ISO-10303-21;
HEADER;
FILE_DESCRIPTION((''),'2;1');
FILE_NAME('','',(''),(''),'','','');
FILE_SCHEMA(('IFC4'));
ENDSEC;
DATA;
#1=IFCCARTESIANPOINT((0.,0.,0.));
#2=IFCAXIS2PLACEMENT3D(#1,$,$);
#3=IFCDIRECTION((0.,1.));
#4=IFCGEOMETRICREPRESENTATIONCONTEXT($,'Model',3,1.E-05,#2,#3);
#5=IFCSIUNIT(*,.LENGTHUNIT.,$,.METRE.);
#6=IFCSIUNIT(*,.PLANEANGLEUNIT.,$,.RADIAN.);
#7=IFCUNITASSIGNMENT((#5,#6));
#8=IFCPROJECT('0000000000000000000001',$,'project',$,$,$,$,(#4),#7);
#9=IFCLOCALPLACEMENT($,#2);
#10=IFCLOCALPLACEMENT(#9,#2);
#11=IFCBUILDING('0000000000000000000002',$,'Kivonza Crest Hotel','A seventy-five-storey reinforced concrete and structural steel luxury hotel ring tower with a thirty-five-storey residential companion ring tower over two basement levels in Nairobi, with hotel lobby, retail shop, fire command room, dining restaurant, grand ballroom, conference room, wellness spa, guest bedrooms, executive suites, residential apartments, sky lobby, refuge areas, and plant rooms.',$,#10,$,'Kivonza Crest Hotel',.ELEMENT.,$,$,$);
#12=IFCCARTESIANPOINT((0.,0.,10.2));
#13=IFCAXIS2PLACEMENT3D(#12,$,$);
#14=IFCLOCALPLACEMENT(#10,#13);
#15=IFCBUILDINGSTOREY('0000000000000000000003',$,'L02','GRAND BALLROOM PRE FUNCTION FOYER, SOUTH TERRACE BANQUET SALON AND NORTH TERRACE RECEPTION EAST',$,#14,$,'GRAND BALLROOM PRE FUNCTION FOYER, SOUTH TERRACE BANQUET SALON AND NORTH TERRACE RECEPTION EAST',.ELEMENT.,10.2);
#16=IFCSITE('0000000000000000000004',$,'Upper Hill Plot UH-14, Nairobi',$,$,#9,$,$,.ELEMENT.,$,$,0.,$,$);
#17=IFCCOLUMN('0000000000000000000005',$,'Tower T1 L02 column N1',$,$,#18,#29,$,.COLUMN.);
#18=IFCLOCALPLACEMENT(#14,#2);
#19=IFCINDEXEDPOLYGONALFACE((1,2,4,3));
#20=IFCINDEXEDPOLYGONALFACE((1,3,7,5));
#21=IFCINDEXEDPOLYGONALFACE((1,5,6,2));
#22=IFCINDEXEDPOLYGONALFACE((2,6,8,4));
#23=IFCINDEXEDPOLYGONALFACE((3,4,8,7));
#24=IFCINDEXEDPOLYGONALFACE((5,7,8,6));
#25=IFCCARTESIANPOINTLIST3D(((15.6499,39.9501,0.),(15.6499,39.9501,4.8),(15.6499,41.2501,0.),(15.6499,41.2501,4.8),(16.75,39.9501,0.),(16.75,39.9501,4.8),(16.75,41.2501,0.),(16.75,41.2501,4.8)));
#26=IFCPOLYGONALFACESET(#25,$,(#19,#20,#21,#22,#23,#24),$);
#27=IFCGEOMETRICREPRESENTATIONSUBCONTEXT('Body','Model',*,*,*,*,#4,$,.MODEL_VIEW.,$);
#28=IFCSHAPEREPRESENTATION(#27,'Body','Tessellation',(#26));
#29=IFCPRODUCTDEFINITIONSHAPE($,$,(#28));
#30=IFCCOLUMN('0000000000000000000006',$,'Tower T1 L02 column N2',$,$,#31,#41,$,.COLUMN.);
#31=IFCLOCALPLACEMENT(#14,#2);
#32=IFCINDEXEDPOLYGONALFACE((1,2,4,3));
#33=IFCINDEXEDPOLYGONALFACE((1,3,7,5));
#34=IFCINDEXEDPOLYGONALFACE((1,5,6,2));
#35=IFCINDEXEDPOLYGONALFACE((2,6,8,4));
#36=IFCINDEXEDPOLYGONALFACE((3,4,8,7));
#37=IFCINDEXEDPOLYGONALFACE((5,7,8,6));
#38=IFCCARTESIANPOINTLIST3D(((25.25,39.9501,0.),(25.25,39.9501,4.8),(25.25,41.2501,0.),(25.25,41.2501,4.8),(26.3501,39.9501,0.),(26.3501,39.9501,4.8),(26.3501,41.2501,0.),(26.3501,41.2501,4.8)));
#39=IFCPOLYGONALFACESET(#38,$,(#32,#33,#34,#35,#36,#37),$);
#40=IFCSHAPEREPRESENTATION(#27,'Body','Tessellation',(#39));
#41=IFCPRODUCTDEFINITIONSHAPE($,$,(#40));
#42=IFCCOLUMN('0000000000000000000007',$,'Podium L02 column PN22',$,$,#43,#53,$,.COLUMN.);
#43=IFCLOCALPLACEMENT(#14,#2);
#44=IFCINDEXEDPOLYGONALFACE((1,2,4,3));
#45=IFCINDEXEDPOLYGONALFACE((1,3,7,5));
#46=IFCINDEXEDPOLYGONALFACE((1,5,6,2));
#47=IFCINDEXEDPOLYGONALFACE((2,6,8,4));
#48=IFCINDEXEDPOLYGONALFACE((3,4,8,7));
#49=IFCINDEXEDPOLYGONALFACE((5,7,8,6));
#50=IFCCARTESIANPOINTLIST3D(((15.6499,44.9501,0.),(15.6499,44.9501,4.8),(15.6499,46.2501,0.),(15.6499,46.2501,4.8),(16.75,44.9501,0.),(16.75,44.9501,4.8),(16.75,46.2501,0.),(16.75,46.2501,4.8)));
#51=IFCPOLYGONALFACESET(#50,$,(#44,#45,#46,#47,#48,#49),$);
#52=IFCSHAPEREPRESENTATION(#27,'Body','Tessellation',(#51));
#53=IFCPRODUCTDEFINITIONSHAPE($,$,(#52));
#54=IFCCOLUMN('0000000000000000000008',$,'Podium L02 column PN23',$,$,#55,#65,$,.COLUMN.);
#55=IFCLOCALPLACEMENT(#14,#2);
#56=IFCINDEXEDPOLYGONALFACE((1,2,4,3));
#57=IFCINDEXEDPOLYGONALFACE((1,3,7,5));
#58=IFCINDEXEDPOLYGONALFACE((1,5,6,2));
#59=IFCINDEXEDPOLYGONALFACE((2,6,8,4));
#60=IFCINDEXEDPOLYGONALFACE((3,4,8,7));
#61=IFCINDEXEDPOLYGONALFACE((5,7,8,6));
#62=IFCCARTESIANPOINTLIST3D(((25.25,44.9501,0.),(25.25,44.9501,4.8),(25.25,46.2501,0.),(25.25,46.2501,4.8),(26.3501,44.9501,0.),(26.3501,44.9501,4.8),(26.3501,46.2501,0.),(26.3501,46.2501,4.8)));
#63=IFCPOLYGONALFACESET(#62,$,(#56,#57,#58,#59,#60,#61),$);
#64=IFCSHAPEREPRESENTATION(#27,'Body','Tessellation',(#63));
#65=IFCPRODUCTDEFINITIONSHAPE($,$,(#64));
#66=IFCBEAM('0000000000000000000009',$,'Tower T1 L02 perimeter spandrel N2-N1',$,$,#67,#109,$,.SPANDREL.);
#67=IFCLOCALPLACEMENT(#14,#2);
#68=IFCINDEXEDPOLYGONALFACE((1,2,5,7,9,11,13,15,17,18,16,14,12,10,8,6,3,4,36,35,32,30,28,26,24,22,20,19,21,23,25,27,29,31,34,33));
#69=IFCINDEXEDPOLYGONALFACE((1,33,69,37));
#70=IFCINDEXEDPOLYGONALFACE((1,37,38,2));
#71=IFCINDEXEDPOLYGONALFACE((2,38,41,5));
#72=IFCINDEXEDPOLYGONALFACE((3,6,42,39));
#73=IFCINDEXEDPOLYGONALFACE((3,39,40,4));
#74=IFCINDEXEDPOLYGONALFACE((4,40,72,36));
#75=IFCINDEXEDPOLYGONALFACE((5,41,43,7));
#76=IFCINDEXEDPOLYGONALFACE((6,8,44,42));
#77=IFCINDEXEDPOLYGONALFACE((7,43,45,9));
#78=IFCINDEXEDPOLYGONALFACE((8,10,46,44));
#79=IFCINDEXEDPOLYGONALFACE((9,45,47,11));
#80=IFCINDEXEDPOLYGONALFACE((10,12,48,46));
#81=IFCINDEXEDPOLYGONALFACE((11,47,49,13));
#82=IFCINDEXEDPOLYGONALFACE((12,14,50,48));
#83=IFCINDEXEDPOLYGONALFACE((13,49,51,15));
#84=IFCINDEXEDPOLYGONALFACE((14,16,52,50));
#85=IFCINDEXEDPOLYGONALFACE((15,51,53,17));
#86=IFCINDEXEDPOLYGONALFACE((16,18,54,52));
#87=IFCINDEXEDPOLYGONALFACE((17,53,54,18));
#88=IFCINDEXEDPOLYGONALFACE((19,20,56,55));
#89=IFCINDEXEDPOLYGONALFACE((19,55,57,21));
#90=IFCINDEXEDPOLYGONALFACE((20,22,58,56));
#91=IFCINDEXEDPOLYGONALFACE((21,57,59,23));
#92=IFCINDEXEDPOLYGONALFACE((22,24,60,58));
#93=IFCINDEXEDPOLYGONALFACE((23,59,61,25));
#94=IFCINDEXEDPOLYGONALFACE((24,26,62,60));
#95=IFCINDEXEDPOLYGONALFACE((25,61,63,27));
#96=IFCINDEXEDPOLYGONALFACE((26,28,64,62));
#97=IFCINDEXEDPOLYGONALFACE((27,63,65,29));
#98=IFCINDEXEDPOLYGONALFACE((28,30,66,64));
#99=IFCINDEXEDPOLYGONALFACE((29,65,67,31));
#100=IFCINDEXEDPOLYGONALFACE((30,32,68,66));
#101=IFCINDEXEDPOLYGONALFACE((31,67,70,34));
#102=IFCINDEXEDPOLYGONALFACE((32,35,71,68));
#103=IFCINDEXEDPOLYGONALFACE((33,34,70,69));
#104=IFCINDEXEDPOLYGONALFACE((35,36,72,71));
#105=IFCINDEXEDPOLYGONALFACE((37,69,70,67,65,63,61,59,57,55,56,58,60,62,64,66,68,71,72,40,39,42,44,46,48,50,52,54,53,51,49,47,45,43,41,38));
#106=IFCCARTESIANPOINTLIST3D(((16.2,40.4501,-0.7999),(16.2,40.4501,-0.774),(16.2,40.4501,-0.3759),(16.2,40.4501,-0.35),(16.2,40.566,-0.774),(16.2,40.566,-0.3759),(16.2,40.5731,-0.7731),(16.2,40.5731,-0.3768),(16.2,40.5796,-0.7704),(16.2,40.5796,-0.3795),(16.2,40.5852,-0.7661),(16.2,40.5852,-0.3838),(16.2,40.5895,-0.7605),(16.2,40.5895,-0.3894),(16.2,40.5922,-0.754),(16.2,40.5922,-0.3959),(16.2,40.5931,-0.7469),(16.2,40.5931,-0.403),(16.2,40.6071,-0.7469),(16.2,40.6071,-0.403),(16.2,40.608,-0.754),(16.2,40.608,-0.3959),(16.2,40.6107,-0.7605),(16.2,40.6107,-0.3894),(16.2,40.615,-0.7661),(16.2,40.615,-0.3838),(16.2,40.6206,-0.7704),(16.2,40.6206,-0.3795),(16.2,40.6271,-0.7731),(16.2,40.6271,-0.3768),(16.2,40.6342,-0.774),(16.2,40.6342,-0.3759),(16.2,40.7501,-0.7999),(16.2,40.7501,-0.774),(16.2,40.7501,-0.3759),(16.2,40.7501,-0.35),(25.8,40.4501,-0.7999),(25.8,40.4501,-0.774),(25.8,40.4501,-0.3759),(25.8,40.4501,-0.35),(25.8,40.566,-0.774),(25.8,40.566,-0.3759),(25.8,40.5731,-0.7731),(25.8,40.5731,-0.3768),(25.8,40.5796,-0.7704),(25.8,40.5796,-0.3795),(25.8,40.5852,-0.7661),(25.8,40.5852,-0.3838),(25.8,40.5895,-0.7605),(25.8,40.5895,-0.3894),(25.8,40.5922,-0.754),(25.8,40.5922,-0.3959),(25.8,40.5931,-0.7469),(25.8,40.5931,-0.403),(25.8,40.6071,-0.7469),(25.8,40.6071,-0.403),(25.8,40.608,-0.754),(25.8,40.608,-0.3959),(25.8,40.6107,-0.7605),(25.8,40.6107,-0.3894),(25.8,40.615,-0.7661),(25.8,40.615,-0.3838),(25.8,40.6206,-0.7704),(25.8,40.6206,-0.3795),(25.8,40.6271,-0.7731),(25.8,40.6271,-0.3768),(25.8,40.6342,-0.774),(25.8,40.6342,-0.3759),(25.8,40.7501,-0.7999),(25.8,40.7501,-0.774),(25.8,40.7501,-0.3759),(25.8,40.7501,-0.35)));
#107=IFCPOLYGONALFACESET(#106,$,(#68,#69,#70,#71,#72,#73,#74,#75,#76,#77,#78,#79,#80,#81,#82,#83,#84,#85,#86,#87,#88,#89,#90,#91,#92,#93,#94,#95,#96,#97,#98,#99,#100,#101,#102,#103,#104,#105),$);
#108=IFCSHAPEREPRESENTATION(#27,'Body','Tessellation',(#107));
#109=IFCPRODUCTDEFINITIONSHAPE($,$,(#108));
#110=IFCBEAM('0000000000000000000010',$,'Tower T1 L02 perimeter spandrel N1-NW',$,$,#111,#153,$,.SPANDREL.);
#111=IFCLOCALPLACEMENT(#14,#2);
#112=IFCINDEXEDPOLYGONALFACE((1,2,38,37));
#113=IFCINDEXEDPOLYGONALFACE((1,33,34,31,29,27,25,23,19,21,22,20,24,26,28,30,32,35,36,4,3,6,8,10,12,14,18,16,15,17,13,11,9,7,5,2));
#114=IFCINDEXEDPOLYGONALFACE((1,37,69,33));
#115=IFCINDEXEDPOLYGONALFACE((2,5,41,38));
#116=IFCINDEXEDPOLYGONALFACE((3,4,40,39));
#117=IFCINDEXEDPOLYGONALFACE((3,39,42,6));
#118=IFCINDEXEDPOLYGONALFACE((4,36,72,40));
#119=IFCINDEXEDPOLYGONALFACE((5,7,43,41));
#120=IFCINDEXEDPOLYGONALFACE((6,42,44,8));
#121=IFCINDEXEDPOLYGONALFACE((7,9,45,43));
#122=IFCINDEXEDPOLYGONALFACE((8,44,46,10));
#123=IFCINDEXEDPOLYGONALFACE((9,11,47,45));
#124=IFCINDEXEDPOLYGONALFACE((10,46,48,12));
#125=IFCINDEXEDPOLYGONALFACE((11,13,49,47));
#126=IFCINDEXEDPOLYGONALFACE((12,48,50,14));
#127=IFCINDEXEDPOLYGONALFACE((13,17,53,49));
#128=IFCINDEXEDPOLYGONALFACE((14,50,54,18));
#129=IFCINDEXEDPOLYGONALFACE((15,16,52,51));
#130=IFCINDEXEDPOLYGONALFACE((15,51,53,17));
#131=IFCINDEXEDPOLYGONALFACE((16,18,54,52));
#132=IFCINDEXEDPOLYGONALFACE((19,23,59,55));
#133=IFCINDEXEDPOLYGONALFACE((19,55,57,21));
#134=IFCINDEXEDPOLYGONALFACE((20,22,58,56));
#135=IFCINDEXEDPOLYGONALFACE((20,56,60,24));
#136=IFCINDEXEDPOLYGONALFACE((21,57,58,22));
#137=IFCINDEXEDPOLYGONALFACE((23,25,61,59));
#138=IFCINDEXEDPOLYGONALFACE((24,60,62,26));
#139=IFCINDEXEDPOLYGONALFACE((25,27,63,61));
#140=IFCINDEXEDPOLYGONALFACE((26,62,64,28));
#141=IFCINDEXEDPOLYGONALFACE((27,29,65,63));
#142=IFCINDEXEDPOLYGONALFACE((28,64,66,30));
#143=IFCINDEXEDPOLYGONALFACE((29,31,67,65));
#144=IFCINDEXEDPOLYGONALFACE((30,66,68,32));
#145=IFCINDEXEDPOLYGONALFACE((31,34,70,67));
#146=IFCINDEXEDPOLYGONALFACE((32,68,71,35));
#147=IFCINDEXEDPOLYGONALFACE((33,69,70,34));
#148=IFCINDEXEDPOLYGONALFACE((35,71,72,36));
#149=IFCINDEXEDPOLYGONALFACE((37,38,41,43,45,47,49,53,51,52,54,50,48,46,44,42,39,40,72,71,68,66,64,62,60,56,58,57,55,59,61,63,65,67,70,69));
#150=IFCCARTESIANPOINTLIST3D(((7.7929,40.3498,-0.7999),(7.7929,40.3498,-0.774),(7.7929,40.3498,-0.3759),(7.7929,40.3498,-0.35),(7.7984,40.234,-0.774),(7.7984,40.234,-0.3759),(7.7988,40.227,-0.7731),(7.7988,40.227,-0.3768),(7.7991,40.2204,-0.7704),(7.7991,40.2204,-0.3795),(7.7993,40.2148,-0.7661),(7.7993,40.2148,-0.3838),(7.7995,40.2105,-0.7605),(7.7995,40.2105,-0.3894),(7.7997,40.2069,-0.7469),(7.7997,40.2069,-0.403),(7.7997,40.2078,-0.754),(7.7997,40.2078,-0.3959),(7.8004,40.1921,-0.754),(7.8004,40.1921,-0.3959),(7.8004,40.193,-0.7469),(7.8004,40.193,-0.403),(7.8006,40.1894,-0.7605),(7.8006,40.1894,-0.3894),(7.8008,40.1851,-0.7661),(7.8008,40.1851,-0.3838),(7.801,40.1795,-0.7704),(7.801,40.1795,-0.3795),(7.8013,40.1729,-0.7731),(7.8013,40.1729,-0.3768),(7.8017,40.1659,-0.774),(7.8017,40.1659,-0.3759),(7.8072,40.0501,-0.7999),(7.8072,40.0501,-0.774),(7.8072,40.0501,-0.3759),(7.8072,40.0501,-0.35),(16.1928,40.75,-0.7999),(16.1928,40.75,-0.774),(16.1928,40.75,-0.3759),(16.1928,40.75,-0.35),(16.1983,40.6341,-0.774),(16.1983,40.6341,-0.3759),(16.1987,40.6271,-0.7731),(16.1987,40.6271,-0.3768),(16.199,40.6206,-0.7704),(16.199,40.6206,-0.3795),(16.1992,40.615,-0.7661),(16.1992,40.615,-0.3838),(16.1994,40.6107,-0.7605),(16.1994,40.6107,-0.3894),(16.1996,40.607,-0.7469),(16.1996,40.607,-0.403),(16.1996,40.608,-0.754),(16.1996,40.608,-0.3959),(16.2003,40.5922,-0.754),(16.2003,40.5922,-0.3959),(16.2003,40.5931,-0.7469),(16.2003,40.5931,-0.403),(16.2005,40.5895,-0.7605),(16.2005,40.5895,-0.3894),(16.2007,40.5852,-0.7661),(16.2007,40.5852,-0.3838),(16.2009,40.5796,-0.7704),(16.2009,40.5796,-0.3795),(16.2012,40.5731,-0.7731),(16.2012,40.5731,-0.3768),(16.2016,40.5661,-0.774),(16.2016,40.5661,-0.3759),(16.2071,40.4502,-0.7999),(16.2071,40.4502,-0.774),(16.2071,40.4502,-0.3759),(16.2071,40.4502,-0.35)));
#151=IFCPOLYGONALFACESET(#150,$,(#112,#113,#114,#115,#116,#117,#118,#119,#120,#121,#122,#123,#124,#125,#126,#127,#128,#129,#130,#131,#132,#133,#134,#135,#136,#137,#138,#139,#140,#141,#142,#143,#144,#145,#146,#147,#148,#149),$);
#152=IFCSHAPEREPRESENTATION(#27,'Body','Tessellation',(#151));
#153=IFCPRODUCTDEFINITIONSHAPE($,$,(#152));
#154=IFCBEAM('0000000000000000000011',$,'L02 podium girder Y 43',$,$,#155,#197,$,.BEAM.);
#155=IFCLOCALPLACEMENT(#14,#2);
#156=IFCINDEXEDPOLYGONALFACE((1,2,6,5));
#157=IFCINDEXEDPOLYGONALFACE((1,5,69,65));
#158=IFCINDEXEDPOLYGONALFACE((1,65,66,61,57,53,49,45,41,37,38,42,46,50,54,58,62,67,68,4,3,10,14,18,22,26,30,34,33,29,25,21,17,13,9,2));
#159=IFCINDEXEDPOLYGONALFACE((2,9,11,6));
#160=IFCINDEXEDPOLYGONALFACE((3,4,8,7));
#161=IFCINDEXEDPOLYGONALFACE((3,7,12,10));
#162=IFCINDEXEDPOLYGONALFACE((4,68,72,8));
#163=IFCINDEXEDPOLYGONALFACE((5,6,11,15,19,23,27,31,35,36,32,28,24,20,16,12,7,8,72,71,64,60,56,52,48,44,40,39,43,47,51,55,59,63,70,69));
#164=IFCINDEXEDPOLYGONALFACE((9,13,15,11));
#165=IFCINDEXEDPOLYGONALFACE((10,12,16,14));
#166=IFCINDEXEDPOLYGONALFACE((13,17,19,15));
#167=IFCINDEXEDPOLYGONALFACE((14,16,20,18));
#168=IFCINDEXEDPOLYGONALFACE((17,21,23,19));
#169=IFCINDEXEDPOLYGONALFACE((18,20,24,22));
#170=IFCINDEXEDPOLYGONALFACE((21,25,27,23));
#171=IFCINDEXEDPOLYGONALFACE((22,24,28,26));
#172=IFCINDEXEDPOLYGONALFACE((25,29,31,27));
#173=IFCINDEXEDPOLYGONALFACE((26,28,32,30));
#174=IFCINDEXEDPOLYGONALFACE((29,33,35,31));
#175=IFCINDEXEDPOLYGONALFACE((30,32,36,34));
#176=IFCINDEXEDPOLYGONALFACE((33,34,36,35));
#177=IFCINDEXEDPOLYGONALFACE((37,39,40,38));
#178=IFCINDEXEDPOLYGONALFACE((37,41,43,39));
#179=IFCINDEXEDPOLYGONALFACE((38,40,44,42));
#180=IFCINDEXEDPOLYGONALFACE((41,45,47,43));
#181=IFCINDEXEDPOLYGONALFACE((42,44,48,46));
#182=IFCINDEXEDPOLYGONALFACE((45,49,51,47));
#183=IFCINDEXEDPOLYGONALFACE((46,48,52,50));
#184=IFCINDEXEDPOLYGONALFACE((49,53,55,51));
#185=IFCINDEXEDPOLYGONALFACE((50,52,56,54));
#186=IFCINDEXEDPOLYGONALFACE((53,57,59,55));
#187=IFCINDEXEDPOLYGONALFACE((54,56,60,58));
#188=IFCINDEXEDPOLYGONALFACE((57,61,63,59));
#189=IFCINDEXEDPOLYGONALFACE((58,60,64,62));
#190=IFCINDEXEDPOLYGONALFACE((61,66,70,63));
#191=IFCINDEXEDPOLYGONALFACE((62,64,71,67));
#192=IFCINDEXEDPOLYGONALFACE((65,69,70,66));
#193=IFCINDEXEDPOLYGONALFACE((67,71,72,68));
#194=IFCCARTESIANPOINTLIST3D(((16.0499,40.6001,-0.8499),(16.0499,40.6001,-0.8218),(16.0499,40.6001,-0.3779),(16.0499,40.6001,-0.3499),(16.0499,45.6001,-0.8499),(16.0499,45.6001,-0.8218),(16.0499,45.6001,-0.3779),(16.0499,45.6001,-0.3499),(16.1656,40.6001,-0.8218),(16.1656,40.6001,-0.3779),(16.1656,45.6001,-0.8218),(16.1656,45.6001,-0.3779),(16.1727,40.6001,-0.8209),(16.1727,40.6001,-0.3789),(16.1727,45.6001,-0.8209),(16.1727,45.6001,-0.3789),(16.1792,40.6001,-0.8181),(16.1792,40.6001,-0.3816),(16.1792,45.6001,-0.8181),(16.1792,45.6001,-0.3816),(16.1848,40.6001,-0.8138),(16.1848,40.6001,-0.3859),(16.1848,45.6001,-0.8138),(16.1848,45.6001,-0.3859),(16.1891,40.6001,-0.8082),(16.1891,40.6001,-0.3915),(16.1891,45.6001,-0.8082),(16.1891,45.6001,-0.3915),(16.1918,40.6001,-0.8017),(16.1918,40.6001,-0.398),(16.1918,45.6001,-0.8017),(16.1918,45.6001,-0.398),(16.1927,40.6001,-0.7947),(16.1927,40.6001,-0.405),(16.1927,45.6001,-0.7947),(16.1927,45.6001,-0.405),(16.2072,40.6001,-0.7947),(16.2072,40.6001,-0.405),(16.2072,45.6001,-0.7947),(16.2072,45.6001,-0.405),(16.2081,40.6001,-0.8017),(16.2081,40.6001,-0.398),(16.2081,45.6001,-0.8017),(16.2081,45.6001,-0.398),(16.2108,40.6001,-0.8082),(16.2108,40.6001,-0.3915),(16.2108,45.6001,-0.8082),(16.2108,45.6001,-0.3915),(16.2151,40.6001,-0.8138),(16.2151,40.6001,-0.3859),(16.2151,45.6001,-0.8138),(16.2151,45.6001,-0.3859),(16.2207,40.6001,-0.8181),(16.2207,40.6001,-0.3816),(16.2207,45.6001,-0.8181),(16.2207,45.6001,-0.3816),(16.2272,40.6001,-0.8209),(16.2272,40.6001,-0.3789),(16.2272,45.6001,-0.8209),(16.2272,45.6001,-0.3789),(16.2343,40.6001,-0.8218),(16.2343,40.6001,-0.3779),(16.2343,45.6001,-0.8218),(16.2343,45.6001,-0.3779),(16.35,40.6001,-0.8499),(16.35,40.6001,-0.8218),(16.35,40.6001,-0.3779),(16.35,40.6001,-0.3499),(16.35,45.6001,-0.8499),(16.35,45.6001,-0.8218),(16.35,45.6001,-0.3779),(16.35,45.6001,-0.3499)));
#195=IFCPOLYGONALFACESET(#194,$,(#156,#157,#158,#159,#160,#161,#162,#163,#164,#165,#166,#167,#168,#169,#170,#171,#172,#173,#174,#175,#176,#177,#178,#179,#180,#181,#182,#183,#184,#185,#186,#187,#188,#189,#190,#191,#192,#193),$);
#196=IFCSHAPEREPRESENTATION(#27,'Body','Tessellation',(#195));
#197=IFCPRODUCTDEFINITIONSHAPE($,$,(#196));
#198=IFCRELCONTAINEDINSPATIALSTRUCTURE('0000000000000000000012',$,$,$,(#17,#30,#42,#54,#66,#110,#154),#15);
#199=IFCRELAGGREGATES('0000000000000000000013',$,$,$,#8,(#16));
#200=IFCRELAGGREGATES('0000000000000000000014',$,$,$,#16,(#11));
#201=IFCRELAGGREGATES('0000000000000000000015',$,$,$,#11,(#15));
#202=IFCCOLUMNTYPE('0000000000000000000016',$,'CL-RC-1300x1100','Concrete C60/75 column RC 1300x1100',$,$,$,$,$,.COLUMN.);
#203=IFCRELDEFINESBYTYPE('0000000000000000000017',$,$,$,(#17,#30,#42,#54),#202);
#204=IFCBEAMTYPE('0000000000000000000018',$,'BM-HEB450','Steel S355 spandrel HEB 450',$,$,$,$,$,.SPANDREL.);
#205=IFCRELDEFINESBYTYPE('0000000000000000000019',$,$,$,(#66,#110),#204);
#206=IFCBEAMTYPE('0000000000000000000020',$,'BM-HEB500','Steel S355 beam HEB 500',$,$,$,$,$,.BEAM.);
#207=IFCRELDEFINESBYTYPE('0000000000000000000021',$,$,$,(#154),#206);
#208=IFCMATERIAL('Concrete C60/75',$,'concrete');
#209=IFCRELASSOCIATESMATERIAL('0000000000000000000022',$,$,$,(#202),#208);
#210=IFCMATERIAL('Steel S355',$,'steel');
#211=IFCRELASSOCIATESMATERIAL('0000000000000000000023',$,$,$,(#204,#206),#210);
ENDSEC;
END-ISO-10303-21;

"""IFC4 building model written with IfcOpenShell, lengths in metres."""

from ifc_helpers import new_model, si_unit, direction, frame, origin, origin_2d, place, context, subcontext, project, spatial, rectangle, i_section, extrude, material, material_profile, profile_set, type_object, element, save


model = new_model("IFC4")

# Units and contexts
model_context = context("Model", 3, precision=1e-05, world=origin(), true_north=direction((0.0, 1.0)))
body_context = subcontext(model_context, "Body", "Model", "MODEL_VIEW")
ifc_project = project(units=[si_unit("LENGTHUNIT", "METRE"), si_unit("PLANEANGLEUNIT", "RADIAN")], contexts=[model_context])

# Site, building, storey
site_placement = place(None, origin())
site = spatial("IfcSite", under=ifc_project, at=site_placement, Name="Upper Hill Plot UH-14, Nairobi", CompositionType="ELEMENT", RefElevation=0.0)
building_placement = place(site_placement, origin())
building = spatial("IfcBuilding", under=site, at=building_placement, Name="Kivonza Crest Hotel", Description="A seventy-five-storey reinforced concrete and structural steel luxury hotel ring tower with a thirty-five-storey residential companion ring tower over two basement levels in Nairobi, with hotel lobby, retail shop, fire command room, dining restaurant, grand ballroom, conference room, wellness spa, guest bedrooms, executive suites, residential apartments, sky lobby, refuge areas, and plant rooms.", LongName="Kivonza Crest Hotel", CompositionType="ELEMENT")
storey_placement = place(building_placement, frame((0.0, 0.0, 10.2)))
storey = spatial("IfcBuildingStorey", under=building, at=storey_placement, Name="L02", Description="GRAND BALLROOM PRE FUNCTION FOYER, SOUTH TERRACE BANQUET SALON AND NORTH TERRACE RECEPTION EAST", LongName="GRAND BALLROOM PRE FUNCTION FOYER, SOUTH TERRACE BANQUET SALON AND NORTH TERRACE RECEPTION EAST", CompositionType="ELEMENT", Elevation=10.2)

# Columns
ifc_material_1 = material(Name="Concrete C60/75", Category="concrete")
ifc_material_profile_1 = material_profile(ifc_material_1, rectangle(XDim=1.1001, YDim=1.3, at=origin_2d()), Name="RC 1300x1100")
ifc_profile_set_1 = profile_set([ifc_material_profile_1], Name="Concrete C60/75")
column_type = type_object("IfcColumnType", Name="CL-RC-1300x1100", Description="Concrete C60/75 column RC 1300x1100", PredefinedType="COLUMN", material=ifc_profile_set_1)
for number, where, z_axis, x_axis, name in (
    (1, (16.2, 40.6001, 0.0), (0.0, 0.0, 1.0), (1.0, 0.0, 0.0), "Tower T1 L02 column N1"),
    (2, (25.8, 40.6001, 0.0), (0.0, 0.0, 1.0), (1.0, 0.0, 0.0), "Tower T1 L02 column N2"),
    (3, (16.2, 45.6001, 0.0), (0.0, 0.0, 1.0), (1.0, 0.0, 0.0), "Podium L02 column PN22"),
    (4, (25.8, 45.6001, 0.0), (0.0, 0.0, 1.0), (1.0, 0.0, 0.0), "Podium L02 column PN23"),
):
    element("IfcColumn", number, at=place(storey_placement, frame(where, z_axis=z_axis, x_axis=x_axis)), inside=storey, type_object=column_type, Name=name, PredefinedType="COLUMN", context=body_context, shape_type="SweptSolid", body=[
        extrude(rectangle(XDim=1.1001, YDim=1.3, at=origin_2d()), origin(), (0.0, 0.0, 1.0), 4.8),
    ])

# Beams
ifc_material_2 = material(Name="Steel S355", Category="steel")
ifc_material_profile_2 = material_profile(ifc_material_2, i_section(OverallWidth=0.3, OverallDepth=0.45, WebThickness=0.0139, FlangeThickness=0.0259, FilletRadius=0.0271, at=origin_2d()), Name="HEB 450")
ifc_profile_set_2 = profile_set([ifc_material_profile_2], Name="Steel S355")
beam_type_1 = type_object("IfcBeamType", Name="BM-HEB450", Description="Steel S355 spandrel HEB 450", PredefinedType="SPANDREL", material=ifc_profile_set_2)
beam_1_placement = place(storey_placement, frame((25.8, 40.6001, -0.575), z_axis=(-1.0, 0.0, 0.0), x_axis=(0.0, -1.0, 0.0)))
element("IfcBeam", 5, at=beam_1_placement, inside=storey, type_object=beam_type_1, Name="Tower T1 L02 perimeter spandrel N2-N1", PredefinedType="SPANDREL", context=body_context, shape_type="SweptSolid", body=[
    extrude(i_section(OverallWidth=0.3, OverallDepth=0.45, WebThickness=0.0139, FlangeThickness=0.0259, FilletRadius=0.0271, at=origin_2d()), origin(), (0.0, 0.0, 1.0), 9.6001),
])
beam_2_placement = place(storey_placement, frame((16.2, 40.6001, -0.575), z_axis=(-0.998867, -0.047583, 0.0), x_axis=(0.047583, -0.998867, 0.0)))
element("IfcBeam", 6, at=beam_2_placement, inside=storey, type_object=beam_type_1, Name="Tower T1 L02 perimeter spandrel N1-NW", PredefinedType="SPANDREL", context=body_context, shape_type="SweptSolid", body=[
    extrude(i_section(OverallWidth=0.3, OverallDepth=0.45, WebThickness=0.0139, FlangeThickness=0.0259, FilletRadius=0.0271, at=origin_2d()), origin(), (0.0, 0.0, 1.0), 8.4094),
])
ifc_material_profile_3 = material_profile(ifc_material_2, i_section(OverallWidth=0.3, OverallDepth=0.5, WebThickness=0.0144, FlangeThickness=0.0281, FilletRadius=0.0271, at=origin_2d()), Name="HEB 500")
ifc_profile_set_3 = profile_set([ifc_material_profile_3], Name="Steel S355")
beam_type_2 = type_object("IfcBeamType", Name="BM-HEB500", Description="Steel S355 beam HEB 500", PredefinedType="BEAM", material=ifc_profile_set_3)
for number, where, z_axis, x_axis, name in (
    (7, (16.2, 40.6001, -0.5999), (0.0, 1.0, 0.0), (-1.0, 0.0, 0.0), "L02 podium girder Y 43"),
):
    element("IfcBeam", number, at=place(storey_placement, frame(where, z_axis=z_axis, x_axis=x_axis)), inside=storey, type_object=beam_type_2, Name=name, PredefinedType="BEAM", context=body_context, shape_type="SweptSolid", body=[
        extrude(i_section(OverallWidth=0.3, OverallDepth=0.5, WebThickness=0.0144, FlangeThickness=0.0281, FilletRadius=0.0271, at=origin_2d()), origin(), (0.0, 0.0, 1.0), 5.0),
    ])

save(model, "model.ifc")
